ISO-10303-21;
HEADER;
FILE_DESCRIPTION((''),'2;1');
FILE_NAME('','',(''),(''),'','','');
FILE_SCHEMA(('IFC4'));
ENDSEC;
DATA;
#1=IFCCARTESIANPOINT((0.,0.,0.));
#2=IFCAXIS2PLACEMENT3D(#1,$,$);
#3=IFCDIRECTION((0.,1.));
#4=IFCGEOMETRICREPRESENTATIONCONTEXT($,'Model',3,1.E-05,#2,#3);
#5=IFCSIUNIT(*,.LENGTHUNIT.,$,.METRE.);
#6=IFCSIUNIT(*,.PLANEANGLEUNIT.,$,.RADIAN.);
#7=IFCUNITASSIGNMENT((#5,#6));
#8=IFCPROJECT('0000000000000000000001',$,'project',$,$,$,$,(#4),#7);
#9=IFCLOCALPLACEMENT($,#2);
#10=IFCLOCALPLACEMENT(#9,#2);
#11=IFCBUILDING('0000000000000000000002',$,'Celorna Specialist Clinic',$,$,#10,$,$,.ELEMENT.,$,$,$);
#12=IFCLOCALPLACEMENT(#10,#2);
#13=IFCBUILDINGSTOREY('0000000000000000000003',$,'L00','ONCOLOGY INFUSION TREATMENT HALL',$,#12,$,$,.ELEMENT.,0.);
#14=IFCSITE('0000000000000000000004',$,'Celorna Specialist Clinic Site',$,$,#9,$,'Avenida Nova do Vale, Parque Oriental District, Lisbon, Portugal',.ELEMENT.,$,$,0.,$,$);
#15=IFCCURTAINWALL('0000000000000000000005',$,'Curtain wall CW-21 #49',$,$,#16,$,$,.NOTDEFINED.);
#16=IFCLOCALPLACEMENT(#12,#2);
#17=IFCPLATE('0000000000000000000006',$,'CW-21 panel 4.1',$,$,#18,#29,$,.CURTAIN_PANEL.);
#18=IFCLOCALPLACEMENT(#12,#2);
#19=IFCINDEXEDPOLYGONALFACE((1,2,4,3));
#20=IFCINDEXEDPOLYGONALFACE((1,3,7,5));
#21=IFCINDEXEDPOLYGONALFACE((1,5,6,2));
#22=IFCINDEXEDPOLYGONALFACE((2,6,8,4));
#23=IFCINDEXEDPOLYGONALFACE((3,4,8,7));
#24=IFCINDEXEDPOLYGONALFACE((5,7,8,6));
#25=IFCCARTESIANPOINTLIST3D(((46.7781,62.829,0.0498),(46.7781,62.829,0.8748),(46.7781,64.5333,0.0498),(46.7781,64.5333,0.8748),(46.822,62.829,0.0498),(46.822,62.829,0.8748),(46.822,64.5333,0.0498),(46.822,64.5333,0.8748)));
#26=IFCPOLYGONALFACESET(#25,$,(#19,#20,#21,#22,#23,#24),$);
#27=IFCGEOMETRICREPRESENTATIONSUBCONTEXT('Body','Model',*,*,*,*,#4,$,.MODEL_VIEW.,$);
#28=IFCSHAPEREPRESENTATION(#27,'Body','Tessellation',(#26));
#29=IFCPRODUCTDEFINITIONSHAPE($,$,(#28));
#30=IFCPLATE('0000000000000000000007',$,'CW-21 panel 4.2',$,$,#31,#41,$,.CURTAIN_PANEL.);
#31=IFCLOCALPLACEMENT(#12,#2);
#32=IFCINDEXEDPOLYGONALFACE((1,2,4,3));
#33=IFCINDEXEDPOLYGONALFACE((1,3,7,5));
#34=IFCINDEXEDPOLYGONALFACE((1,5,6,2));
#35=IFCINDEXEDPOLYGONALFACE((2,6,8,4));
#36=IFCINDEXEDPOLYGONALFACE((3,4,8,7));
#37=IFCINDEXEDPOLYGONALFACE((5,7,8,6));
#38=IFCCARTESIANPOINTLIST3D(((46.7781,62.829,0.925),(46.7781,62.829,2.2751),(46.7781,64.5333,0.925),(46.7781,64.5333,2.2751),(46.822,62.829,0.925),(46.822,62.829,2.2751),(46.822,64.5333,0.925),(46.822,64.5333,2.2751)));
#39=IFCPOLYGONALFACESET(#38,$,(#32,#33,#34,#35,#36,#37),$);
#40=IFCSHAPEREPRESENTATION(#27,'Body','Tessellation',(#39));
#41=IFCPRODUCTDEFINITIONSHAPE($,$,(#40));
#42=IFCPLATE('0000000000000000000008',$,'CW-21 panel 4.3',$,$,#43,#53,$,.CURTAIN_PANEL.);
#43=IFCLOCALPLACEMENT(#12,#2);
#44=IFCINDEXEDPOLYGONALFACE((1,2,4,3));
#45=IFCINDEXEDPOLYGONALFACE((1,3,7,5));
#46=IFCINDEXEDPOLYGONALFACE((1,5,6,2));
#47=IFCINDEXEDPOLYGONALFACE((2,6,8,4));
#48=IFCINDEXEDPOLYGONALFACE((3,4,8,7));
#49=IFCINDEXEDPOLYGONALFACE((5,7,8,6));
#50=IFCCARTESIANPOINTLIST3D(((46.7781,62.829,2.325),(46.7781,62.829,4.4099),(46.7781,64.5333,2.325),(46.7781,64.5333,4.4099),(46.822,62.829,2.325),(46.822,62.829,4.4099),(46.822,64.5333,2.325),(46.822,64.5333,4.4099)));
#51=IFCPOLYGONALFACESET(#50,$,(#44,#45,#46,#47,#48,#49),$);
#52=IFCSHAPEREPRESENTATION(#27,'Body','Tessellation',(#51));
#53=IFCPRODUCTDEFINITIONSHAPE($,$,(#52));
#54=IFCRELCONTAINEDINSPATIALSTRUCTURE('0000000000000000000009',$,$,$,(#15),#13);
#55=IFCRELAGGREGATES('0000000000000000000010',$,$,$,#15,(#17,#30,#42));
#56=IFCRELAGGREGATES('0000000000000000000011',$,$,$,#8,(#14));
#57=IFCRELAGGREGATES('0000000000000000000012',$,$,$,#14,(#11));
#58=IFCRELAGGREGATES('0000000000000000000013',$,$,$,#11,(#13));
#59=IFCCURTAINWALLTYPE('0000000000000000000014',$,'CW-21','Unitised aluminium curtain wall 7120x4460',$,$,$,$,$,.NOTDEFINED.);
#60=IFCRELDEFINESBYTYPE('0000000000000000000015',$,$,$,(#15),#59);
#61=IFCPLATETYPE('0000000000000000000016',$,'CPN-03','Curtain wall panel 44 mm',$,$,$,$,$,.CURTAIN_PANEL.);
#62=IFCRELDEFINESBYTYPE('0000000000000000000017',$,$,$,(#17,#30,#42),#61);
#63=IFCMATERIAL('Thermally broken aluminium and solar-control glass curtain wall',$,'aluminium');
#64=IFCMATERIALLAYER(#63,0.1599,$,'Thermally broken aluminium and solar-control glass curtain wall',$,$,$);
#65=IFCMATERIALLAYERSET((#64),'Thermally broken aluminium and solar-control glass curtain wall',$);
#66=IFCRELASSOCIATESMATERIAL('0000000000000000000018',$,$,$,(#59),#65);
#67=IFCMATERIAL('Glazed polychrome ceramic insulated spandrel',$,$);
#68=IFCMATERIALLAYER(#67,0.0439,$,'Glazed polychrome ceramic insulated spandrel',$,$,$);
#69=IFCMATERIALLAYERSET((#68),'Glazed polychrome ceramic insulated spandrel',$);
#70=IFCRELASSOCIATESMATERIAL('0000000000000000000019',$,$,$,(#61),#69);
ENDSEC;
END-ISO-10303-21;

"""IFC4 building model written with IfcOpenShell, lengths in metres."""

from ifc_helpers import new_model, si_unit, direction, frame, origin, origin_2d, place, context, subcontext, project, spatial, rectangle, extrude, material, layer, layer_set, type_object, element, aggregate, save


model = new_model("IFC4")

# Units and contexts
model_context = context("Model", 3, precision=1e-05, world=origin(), true_north=direction((0.0, 1.0)))
body_context = subcontext(model_context, "Body", "Model", "MODEL_VIEW")
ifc_project = project(units=[si_unit("LENGTHUNIT", "METRE"), si_unit("PLANEANGLEUNIT", "RADIAN")], contexts=[model_context])

# Site, building, storey
site_placement = place(None, origin())
site = spatial("IfcSite", under=ifc_project, at=site_placement, Name="Celorna Specialist Clinic Site", LongName="Avenida Nova do Vale, Parque Oriental District, Lisbon, Portugal", CompositionType="ELEMENT", RefElevation=0.0)
building_placement = place(site_placement, origin())
building = spatial("IfcBuilding", under=site, at=building_placement, Name="Celorna Specialist Clinic", CompositionType="ELEMENT")
storey_placement = place(building_placement, origin())
storey = spatial("IfcBuildingStorey", under=building, at=storey_placement, Name="L00", Description="ONCOLOGY INFUSION TREATMENT HALL", CompositionType="ELEMENT", Elevation=0.0)

# Curtain wall, plates
ifc_material_1 = material(Name="Thermally broken aluminium and solar-control glass curtain wall", Category="aluminium")
ifc_layer_1 = layer(ifc_material_1, 0.1599, Name="Thermally broken aluminium and solar-control glass curtain wall")
ifc_layer_set_1 = layer_set([ifc_layer_1], Name="Thermally broken aluminium and solar-control glass curtain wall")
curtain_wall_type = type_object("IfcCurtainWallType", Name="CW-21", Description="Unitised aluminium curtain wall 7120x4460", PredefinedType="NOTDEFINED", material=ifc_layer_set_1)
curtain_wall_placement = place(storey_placement, origin())
curtain_wall = element("IfcCurtainWall", 1, at=curtain_wall_placement, inside=storey, type_object=curtain_wall_type, Name="Curtain wall CW-21 #49", PredefinedType="NOTDEFINED")
ifc_material_2 = material(Name="Glazed polychrome ceramic insulated spandrel")
ifc_layer_2 = layer(ifc_material_2, 0.0439, Name="Glazed polychrome ceramic insulated spandrel")
ifc_layer_set_2 = layer_set([ifc_layer_2], Name="Glazed polychrome ceramic insulated spandrel")
plate_type = type_object("IfcPlateType", Name="CPN-03", Description="Curtain wall panel 44 mm", PredefinedType="CURTAIN_PANEL", material=ifc_layer_set_2)
plate_1_placement = place(storey_placement, frame((46.8, 63.6812, 0.0498), z_axis=(0.0, 0.0, 1.0), x_axis=(0.0, -1.0, 0.0)))
plate_1 = element("IfcPlate", 2, at=plate_1_placement, type_object=plate_type, Name="CW-21 panel 4.1", PredefinedType="CURTAIN_PANEL", context=body_context, shape_type="SweptSolid", body=[
    extrude(rectangle(XDim=1.7043, YDim=0.0439, at=origin_2d()), origin(), (0.0, 0.0, 1.0), 0.825),
])
plate_2_placement = place(storey_placement, frame((46.8, 63.6812, 0.925), z_axis=(0.0, 0.0, 1.0), x_axis=(0.0, -1.0, 0.0)))
plate_2 = element("IfcPlate", 3, at=plate_2_placement, type_object=plate_type, Name="CW-21 panel 4.2", PredefinedType="CURTAIN_PANEL", context=body_context, shape_type="SweptSolid", body=[
    extrude(rectangle(XDim=1.7043, YDim=0.0439, at=origin_2d()), origin(), (0.0, 0.0, 1.0), 1.3501),
])
plate_3_placement = place(storey_placement, frame((46.8, 63.6812, 2.325), z_axis=(0.0, 0.0, 1.0), x_axis=(0.0, -1.0, 0.0)))
plate_3 = element("IfcPlate", 4, at=plate_3_placement, type_object=plate_type, Name="CW-21 panel 4.3", PredefinedType="CURTAIN_PANEL", context=body_context, shape_type="SweptSolid", body=[
    extrude(rectangle(XDim=1.7043, YDim=0.0439, at=origin_2d()), origin(), (0.0, 0.0, 1.0), 2.085),
])
aggregate(curtain_wall, [plate_1, plate_2, plate_3])

save(model, "model.ifc")
